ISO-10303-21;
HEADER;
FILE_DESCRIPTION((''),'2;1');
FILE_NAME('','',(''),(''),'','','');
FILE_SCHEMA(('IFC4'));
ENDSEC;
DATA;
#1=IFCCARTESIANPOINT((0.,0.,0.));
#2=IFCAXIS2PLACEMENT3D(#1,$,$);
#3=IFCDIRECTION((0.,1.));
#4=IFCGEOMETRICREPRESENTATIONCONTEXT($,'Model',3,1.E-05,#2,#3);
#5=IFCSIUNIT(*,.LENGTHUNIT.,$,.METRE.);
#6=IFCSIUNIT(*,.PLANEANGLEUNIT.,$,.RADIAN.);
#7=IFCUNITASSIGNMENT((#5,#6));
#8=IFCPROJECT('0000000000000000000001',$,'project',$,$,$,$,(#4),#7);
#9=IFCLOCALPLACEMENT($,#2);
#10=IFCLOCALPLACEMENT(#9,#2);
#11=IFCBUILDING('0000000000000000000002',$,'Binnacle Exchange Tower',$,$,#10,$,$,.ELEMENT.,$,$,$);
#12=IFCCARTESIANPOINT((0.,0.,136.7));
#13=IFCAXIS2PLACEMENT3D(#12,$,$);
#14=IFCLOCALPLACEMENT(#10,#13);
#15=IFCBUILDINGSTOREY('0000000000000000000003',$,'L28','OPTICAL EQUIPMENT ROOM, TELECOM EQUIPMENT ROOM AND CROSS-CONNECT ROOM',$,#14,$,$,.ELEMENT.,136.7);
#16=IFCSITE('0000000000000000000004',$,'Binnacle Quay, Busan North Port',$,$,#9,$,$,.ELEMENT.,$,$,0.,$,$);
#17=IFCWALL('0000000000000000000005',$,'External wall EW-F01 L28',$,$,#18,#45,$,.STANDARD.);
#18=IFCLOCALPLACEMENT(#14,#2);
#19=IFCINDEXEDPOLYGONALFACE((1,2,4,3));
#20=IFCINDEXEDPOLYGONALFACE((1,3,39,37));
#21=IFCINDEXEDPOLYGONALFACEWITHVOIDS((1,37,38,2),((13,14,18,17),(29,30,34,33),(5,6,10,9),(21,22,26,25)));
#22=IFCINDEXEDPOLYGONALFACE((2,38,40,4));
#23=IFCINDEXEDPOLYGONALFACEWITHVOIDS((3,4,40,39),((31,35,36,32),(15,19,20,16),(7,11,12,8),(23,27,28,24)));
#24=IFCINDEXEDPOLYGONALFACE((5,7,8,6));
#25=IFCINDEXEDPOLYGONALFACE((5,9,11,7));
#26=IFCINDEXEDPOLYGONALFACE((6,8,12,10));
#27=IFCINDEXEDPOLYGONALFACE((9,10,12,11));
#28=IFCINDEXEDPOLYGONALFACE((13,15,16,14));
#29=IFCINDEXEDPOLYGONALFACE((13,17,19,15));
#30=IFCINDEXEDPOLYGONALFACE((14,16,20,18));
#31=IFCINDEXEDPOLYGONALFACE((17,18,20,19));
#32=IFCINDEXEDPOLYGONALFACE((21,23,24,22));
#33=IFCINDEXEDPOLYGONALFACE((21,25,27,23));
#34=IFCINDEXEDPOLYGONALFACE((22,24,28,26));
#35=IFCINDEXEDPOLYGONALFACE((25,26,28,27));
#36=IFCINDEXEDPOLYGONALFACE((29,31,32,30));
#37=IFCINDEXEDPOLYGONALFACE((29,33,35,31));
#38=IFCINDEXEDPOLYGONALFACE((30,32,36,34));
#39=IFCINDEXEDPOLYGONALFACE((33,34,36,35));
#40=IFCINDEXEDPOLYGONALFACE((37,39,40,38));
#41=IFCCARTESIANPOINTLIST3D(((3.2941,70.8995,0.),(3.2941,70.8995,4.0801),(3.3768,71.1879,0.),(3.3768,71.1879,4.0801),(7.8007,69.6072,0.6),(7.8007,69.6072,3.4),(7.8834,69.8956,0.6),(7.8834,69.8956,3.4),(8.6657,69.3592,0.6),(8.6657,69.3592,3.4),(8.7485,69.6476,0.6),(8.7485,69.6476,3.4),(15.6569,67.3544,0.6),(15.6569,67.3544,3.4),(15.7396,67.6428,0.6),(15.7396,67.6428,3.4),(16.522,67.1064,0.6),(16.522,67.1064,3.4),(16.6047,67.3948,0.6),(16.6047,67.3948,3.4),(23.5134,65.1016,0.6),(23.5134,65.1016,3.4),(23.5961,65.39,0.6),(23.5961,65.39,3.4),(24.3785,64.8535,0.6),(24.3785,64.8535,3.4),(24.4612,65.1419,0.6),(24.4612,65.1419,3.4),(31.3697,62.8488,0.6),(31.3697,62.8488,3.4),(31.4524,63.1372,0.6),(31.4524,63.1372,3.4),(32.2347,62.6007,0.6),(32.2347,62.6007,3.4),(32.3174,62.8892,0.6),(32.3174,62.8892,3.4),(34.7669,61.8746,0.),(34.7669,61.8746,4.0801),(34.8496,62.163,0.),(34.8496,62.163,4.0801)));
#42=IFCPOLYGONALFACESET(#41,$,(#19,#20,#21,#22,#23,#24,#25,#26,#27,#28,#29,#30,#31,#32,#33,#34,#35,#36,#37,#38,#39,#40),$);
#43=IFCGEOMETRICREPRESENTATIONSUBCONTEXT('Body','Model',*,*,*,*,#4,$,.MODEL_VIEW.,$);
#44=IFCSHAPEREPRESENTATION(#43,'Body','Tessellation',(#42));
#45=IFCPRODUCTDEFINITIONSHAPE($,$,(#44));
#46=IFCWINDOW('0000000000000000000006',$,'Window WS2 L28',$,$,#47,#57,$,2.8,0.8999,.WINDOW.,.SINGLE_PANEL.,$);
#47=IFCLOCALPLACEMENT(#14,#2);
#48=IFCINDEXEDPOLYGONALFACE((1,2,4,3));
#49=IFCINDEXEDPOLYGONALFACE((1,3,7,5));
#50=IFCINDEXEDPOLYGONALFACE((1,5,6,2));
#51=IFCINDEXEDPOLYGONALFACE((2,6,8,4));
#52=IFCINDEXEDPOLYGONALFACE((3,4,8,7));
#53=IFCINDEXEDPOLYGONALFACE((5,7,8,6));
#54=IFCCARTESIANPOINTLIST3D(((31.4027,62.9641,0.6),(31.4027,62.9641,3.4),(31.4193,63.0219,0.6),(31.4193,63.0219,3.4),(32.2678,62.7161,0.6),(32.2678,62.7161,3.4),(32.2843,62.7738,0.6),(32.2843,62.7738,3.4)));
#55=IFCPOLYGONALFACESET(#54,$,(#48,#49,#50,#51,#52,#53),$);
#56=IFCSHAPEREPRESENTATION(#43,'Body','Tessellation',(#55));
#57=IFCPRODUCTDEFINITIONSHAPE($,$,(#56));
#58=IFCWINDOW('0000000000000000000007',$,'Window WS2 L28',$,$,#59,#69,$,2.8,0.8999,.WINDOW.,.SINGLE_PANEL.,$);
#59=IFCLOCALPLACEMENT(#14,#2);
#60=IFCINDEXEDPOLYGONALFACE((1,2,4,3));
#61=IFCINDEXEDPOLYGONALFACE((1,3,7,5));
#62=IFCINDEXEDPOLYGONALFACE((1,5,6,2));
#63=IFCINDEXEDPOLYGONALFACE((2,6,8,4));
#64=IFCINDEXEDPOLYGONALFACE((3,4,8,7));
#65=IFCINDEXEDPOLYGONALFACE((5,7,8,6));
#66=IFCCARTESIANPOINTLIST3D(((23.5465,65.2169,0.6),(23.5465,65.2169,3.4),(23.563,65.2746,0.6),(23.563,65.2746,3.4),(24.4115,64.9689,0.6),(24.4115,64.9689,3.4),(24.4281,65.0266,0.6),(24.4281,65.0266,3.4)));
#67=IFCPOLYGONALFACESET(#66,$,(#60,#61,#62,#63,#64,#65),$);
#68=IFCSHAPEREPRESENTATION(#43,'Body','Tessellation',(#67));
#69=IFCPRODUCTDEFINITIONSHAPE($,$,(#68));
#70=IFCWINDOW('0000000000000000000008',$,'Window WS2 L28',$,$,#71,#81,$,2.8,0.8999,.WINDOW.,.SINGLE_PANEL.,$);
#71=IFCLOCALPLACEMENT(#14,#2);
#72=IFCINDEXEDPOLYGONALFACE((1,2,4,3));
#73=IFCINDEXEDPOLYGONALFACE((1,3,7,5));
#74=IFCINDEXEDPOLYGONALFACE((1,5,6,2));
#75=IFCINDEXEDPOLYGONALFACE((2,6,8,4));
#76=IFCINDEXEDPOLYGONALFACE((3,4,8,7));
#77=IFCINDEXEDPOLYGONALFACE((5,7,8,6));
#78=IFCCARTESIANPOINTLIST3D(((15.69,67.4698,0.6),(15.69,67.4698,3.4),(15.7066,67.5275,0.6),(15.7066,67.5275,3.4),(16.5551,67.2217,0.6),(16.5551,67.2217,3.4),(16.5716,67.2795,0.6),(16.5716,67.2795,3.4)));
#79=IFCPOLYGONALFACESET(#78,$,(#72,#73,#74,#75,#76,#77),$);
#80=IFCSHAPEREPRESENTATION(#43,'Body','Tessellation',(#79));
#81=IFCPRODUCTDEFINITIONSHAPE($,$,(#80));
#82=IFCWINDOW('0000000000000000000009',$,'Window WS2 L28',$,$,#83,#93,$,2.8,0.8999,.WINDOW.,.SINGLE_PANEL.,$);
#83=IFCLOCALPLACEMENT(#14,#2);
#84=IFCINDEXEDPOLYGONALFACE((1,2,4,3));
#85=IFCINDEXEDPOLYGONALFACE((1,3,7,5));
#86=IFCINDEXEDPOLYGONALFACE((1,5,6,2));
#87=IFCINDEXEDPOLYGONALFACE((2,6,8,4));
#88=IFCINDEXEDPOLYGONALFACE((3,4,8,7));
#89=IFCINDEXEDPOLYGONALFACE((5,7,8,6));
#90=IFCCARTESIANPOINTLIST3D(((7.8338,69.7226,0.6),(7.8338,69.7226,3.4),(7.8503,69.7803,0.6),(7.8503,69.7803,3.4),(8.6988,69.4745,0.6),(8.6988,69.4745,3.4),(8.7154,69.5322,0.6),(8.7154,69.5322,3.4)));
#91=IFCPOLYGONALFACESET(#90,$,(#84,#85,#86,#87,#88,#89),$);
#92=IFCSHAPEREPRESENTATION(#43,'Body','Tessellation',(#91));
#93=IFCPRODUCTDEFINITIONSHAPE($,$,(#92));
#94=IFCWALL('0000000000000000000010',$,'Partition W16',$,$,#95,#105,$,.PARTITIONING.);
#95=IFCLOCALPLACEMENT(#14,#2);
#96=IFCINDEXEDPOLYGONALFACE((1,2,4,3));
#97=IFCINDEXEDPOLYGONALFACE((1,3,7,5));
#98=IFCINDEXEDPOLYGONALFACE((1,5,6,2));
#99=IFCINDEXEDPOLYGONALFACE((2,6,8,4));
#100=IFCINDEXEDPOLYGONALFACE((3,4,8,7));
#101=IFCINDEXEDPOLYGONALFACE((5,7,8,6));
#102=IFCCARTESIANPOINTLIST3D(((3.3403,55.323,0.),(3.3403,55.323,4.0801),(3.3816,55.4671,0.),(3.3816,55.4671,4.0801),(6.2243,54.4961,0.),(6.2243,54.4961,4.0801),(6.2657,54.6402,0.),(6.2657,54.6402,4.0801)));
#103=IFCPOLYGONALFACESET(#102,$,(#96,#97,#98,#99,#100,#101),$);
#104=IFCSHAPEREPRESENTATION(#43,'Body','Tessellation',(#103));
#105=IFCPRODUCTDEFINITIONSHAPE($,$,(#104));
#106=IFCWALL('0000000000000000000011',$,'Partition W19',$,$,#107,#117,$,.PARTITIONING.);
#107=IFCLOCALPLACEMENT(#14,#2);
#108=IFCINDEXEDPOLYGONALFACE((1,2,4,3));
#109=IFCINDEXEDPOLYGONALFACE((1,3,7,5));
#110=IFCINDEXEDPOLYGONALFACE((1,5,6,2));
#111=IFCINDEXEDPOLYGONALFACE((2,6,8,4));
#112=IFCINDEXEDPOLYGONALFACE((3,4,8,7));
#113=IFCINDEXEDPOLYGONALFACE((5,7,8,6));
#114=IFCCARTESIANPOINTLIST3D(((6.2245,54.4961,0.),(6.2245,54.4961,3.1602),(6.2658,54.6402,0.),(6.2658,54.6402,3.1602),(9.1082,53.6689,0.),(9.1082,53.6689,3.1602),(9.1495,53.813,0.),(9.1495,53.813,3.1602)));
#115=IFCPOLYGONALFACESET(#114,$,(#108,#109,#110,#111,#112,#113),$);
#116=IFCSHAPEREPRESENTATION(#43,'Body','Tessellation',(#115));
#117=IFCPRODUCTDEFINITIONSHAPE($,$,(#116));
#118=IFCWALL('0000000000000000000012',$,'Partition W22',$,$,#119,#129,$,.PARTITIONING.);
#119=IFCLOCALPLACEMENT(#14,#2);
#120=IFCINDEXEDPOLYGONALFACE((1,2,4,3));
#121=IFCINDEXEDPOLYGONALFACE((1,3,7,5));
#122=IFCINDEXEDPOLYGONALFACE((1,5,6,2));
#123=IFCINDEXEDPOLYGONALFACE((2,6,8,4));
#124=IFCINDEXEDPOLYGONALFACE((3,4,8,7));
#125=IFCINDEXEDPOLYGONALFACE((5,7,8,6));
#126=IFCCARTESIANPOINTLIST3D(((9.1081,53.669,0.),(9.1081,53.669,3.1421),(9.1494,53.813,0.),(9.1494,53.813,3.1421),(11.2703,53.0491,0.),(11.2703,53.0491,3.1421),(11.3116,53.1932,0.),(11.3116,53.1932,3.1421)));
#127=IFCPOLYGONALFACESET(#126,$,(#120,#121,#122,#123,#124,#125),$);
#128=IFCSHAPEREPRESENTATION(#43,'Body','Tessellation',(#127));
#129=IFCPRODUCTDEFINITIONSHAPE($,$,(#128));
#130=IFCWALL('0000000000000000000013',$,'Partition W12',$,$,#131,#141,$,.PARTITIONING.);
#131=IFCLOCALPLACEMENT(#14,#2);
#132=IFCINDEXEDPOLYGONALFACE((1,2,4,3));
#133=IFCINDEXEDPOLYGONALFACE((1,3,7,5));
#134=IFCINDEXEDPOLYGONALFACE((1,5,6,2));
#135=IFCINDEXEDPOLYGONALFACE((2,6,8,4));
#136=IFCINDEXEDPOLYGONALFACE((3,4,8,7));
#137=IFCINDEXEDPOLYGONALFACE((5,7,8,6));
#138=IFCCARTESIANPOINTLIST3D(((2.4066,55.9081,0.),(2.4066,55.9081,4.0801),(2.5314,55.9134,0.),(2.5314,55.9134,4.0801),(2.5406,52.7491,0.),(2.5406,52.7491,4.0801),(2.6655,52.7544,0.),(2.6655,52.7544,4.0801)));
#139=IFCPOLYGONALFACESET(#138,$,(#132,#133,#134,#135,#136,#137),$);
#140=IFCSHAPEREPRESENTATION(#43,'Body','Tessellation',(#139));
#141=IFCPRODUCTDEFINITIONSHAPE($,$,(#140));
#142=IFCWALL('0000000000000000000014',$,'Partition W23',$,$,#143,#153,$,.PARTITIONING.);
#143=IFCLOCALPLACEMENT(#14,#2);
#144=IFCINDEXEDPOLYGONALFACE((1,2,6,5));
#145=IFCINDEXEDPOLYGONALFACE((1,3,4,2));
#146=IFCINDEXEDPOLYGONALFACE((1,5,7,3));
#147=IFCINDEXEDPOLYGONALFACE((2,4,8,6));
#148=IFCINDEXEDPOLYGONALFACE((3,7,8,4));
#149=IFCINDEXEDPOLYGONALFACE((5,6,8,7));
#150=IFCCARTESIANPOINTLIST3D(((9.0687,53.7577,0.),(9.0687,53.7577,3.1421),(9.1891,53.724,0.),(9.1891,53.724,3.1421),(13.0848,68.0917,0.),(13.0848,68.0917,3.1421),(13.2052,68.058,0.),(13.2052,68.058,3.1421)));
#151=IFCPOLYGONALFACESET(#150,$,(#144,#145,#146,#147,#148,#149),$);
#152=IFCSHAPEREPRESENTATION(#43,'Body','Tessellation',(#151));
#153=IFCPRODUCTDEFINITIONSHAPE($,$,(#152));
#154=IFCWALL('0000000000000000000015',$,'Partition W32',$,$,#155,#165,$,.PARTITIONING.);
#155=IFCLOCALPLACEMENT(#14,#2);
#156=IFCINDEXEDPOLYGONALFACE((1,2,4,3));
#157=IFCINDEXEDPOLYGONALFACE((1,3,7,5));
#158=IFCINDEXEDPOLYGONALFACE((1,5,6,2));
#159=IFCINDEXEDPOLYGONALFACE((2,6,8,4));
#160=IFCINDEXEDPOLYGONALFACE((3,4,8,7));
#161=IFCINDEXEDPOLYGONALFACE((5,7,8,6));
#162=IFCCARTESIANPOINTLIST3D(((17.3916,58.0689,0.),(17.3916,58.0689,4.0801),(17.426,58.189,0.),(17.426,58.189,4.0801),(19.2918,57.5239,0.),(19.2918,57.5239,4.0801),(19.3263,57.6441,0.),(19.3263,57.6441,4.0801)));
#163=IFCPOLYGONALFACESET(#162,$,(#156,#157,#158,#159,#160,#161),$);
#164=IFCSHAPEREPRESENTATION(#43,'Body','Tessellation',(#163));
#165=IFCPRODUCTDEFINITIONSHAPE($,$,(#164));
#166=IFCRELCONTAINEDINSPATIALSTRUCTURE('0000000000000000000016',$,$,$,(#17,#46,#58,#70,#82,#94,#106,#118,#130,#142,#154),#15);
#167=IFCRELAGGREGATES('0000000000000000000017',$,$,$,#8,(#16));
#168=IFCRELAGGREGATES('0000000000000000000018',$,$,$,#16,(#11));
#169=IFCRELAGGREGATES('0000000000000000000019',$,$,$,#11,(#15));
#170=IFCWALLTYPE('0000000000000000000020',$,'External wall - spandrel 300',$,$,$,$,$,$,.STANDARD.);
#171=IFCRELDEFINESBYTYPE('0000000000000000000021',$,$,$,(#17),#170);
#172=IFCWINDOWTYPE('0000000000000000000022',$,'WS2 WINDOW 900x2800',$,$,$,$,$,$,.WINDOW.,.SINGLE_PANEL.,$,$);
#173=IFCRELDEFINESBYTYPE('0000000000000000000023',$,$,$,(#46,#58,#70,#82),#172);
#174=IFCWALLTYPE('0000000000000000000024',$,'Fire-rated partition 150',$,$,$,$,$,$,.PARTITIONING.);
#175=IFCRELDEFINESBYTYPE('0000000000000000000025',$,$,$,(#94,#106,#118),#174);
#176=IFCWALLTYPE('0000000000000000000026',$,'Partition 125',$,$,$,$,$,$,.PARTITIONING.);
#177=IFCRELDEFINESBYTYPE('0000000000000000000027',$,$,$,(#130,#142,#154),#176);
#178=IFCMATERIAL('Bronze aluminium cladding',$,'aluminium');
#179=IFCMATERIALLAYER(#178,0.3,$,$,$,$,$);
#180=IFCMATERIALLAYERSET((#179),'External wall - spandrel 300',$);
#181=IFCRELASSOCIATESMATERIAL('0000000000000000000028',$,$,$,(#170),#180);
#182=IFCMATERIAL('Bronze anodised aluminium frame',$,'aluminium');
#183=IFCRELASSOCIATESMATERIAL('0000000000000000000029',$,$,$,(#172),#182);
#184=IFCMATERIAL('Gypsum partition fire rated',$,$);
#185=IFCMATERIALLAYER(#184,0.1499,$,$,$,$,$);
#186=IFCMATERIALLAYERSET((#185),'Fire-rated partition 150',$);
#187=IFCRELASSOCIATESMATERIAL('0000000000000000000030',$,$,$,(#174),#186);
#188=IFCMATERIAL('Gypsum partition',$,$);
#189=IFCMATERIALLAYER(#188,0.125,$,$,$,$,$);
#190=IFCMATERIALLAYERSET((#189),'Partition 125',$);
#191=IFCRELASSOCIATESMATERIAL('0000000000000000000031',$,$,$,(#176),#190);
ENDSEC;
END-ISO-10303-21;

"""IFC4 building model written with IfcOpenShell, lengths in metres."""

from ifc_helpers import new_model, si_unit, direction, frame, frame_2d, origin, place, context, subcontext, project, spatial, rectangle, extrude, material, layer, layer_set, type_object, element, fill, save


model = new_model("IFC4")

# Units and contexts
model_context = context("Model", 3, precision=1e-05, world=origin(), true_north=direction((0.0, 1.0)))
body_context = subcontext(model_context, "Body", "Model", "MODEL_VIEW")
ifc_project = project(units=[si_unit("LENGTHUNIT", "METRE"), si_unit("PLANEANGLEUNIT", "RADIAN")], contexts=[model_context])

# Site, building, storey
site_placement = place(None, origin())
site = spatial("IfcSite", under=ifc_project, at=site_placement, Name="Binnacle Quay, Busan North Port", CompositionType="ELEMENT", RefElevation=0.0)
building_placement = place(site_placement, origin())
building = spatial("IfcBuilding", under=site, at=building_placement, Name="Binnacle Exchange Tower", CompositionType="ELEMENT")
storey_placement = place(building_placement, frame((0.0, 0.0, 136.7)))
storey = spatial("IfcBuildingStorey", under=building, at=storey_placement, Name="L28", Description="OPTICAL EQUIPMENT ROOM, TELECOM EQUIPMENT ROOM AND CROSS-CONNECT ROOM", CompositionType="ELEMENT", Elevation=136.7)

# Wall, openings, windows
ifc_material_1 = material(Name="Bronze aluminium cladding", Category="aluminium")
ifc_layer_1 = layer(ifc_material_1, 0.3)
ifc_layer_set_1 = layer_set([ifc_layer_1], Name="External wall - spandrel 300")
wall_type_1 = type_object("IfcWallType", Name="External wall - spandrel 300", PredefinedType="STANDARD", material=ifc_layer_set_1)
wall_1_placement = place(storey_placement, frame((3.3354, 71.0437, 0.0), z_axis=(0.0, 0.0, 1.0), x_axis=(0.96126, -0.275643, 0.0)))
wall_1 = element("IfcWall", 1, at=wall_1_placement, inside=storey, type_object=wall_type_1, Name="External wall EW-F01 L28", PredefinedType="STANDARD", context=body_context, shape_type="SweptSolid", body=[
    extrude(rectangle(XDim=32.7412, YDim=0.3, at=frame_2d((16.3706, 0.0))), origin(), (0.0, 0.0, 1.0), 4.0801),
])
opening_1_placement = place(wall_1_placement, frame((29.207, 0.0, 0.6001)))
opening_1 = element("IfcOpeningElement", 2, at=opening_1_placement, cuts=wall_1, PredefinedType="OPENING", context=body_context, shape_type="SweptSolid", body=[
    extrude(rectangle(XDim=0.8999, YDim=2.8, at=frame_2d((0.45, 1.3999))), frame((0.0, 0.1599, 0.0), z_axis=(0.0, -1.0, 0.0), x_axis=(1.0, 0.0, 0.0)), (0.0, 0.0, 1.0), 0.3201),
])
opening_2_placement = place(wall_1_placement, frame((21.0342, 0.0, 0.6001)))
opening_2 = element("IfcOpeningElement", 3, at=opening_2_placement, cuts=wall_1, PredefinedType="OPENING", context=body_context, shape_type="SweptSolid", body=[
    extrude(rectangle(XDim=0.8999, YDim=2.8, at=frame_2d((0.45, 1.3999))), frame((0.0, 0.1599, 0.0), z_axis=(0.0, -1.0, 0.0), x_axis=(1.0, 0.0, 0.0)), (0.0, 0.0, 1.0), 0.3201),
])
opening_3_placement = place(wall_1_placement, frame((12.8611, 0.0, 0.6001)))
opening_3 = element("IfcOpeningElement", 4, at=opening_3_placement, cuts=wall_1, PredefinedType="OPENING", context=body_context, shape_type="SweptSolid", body=[
    extrude(rectangle(XDim=0.8999, YDim=2.8, at=frame_2d((0.45, 1.3999))), frame((0.0, 0.1599, 0.0), z_axis=(0.0, -1.0, 0.0), x_axis=(1.0, 0.0, 0.0)), (0.0, 0.0, 1.0), 0.3201),
])
opening_4_placement = place(wall_1_placement, frame((4.6882, 0.0, 0.6001)))
opening_4 = element("IfcOpeningElement", 5, at=opening_4_placement, cuts=wall_1, PredefinedType="OPENING", context=body_context, shape_type="SweptSolid", body=[
    extrude(rectangle(XDim=0.8999, YDim=2.8, at=frame_2d((0.45, 1.3999))), frame((0.0, 0.1599, 0.0), z_axis=(0.0, -1.0, 0.0), x_axis=(1.0, 0.0, 0.0)), (0.0, 0.0, 1.0), 0.3201),
])
ifc_material_2 = material(Name="Bronze anodised aluminium frame", Category="aluminium")
window_type = type_object("IfcWindowType", Name="WS2 WINDOW 900x2800", PartitioningType="SINGLE_PANEL", PredefinedType="WINDOW", material=ifc_material_2)
window_1_placement = place(opening_1_placement, origin())
window_1 = element("IfcWindow", 6, at=window_1_placement, inside=storey, type_object=window_type, Name="Window WS2 L28", OverallHeight=2.8, OverallWidth=0.8999, PartitioningType="SINGLE_PANEL", PredefinedType="WINDOW", context=body_context, shape_type="SweptSolid", body=[
    extrude(rectangle(XDim=0.8999, YDim=2.8, at=frame_2d((0.45, 1.3999))), frame((0.0, 0.03, 0.0), z_axis=(0.0, -1.0, 0.0), x_axis=(1.0, 0.0, 0.0)), (0.0, 0.0, 1.0), 0.0601),
])
fill(opening_1, window_1)
window_2_placement = place(opening_2_placement, origin())
window_2 = element("IfcWindow", 7, at=window_2_placement, inside=storey, type_object=window_type, Name="Window WS2 L28", OverallHeight=2.8, OverallWidth=0.8999, PartitioningType="SINGLE_PANEL", PredefinedType="WINDOW", context=body_context, shape_type="SweptSolid", body=[
    extrude(rectangle(XDim=0.8999, YDim=2.8, at=frame_2d((0.45, 1.3999))), frame((0.0, 0.03, 0.0), z_axis=(0.0, -1.0, 0.0), x_axis=(1.0, 0.0, 0.0)), (0.0, 0.0, 1.0), 0.0601),
])
fill(opening_2, window_2)
window_3_placement = place(opening_3_placement, origin())
window_3 = element("IfcWindow", 8, at=window_3_placement, inside=storey, type_object=window_type, Name="Window WS2 L28", OverallHeight=2.8, OverallWidth=0.8999, PartitioningType="SINGLE_PANEL", PredefinedType="WINDOW", context=body_context, shape_type="SweptSolid", body=[
    extrude(rectangle(XDim=0.8999, YDim=2.8, at=frame_2d((0.45, 1.3999))), frame((0.0, 0.03, 0.0), z_axis=(0.0, -1.0, 0.0), x_axis=(1.0, 0.0, 0.0)), (0.0, 0.0, 1.0), 0.0601),
])
fill(opening_3, window_3)
window_4_placement = place(opening_4_placement, origin())
window_4 = element("IfcWindow", 9, at=window_4_placement, inside=storey, type_object=window_type, Name="Window WS2 L28", OverallHeight=2.8, OverallWidth=0.8999, PartitioningType="SINGLE_PANEL", PredefinedType="WINDOW", context=body_context, shape_type="SweptSolid", body=[
    extrude(rectangle(XDim=0.8999, YDim=2.8, at=frame_2d((0.45, 1.3999))), frame((0.0, 0.03, 0.0), z_axis=(0.0, -1.0, 0.0), x_axis=(1.0, 0.0, 0.0)), (0.0, 0.0, 1.0), 0.0601),
])
fill(opening_4, window_4)

# Walls
ifc_material_3 = material(Name="Gypsum partition fire rated")
ifc_layer_2 = layer(ifc_material_3, 0.1499)
ifc_layer_set_2 = layer_set([ifc_layer_2], Name="Fire-rated partition 150")
wall_type_2 = type_object("IfcWallType", Name="Fire-rated partition 150", PredefinedType="PARTITIONING", material=ifc_layer_set_2)
wall_2_placement = place(storey_placement, frame((3.3611, 55.395, 0.0), z_axis=(0.0, 0.0, 1.0), x_axis=(0.961269, -0.275613, 0.0)))
element("IfcWall", 10, at=wall_2_placement, inside=storey, type_object=wall_type_2, Name="Partition W16", PredefinedType="PARTITIONING", context=body_context, shape_type="SweptSolid", body=[
    extrude(rectangle(XDim=3.0002, YDim=0.1499, at=frame_2d((1.5, 0.0))), origin(), (0.0, 0.0, 1.0), 4.0801),
])
wall_3_placement = place(storey_placement, frame((6.2451, 54.5681, 0.0), z_axis=(0.0, 0.0, 1.0), x_axis=(0.961241, -0.27571, 0.0)))
element("IfcWall", 11, at=wall_3_placement, inside=storey, type_object=wall_type_2, Name="Partition W19", PredefinedType="PARTITIONING", context=body_context, shape_type="SweptSolid", body=[
    extrude(rectangle(XDim=3.0, YDim=0.1499, at=frame_2d((1.5, 0.0))), origin(), (0.0, 0.0, 1.0), 3.1602),
])
wall_4_placement = place(storey_placement, frame((9.1289, 53.741, 0.0), z_axis=(0.0, 0.0, 1.0), x_axis=(0.961274, -0.275596, 0.0)))
element("IfcWall", 12, at=wall_4_placement, inside=storey, type_object=wall_type_2, Name="Partition W22", PredefinedType="PARTITIONING", context=body_context, shape_type="SweptSolid", body=[
    extrude(rectangle(XDim=2.2493, YDim=0.1499, at=frame_2d((1.1245, 0.0))), origin(), (0.0, 0.0, 1.0), 3.1421),
])
ifc_material_4 = material(Name="Gypsum partition")
ifc_layer_3 = layer(ifc_material_4, 0.125)
ifc_layer_set_3 = layer_set([ifc_layer_3], Name="Partition 125")
wall_type_3 = type_object("IfcWallType", Name="Partition 125", PredefinedType="PARTITIONING", material=ifc_layer_set_3)
wall_5_placement = place(storey_placement, frame((2.469, 55.9109, 0.0), z_axis=(0.0, 0.0, 1.0), x_axis=(0.042392, -0.999101, 0.0)))
element("IfcWall", 13, at=wall_5_placement, inside=storey, type_object=wall_type_3, Name="Partition W12", PredefinedType="PARTITIONING", context=body_context, shape_type="SweptSolid", body=[
    extrude(rectangle(XDim=3.1619, YDim=0.125, at=frame_2d((1.5811, 0.0))), origin(), (0.0, 0.0, 1.0), 4.0801),
])
wall_6_placement = place(storey_placement, frame((9.1289, 53.741, 0.0), z_axis=(0.0, 0.0, 1.0), x_axis=(0.269792, 0.962919, 0.0)))
element("IfcWall", 14, at=wall_6_placement, inside=storey, type_object=wall_type_3, Name="Partition W23", PredefinedType="PARTITIONING", context=body_context, shape_type="SweptSolid", body=[
    extrude(rectangle(XDim=14.886, YDim=0.125, at=frame_2d((7.4429, 0.0))), origin(), (0.0, 0.0, 1.0), 3.1421),
])
wall_7_placement = place(storey_placement, frame((17.4089, 58.1289, 0.0), z_axis=(0.0, 0.0, 1.0), x_axis=(0.961253, -0.275667, 0.0)))
element("IfcWall", 15, at=wall_7_placement, inside=storey, type_object=wall_type_3, Name="Partition W32", PredefinedType="PARTITIONING", context=body_context, shape_type="SweptSolid", body=[
    extrude(rectangle(XDim=1.9768, YDim=0.125, at=frame_2d((0.9883, 0.0))), origin(), (0.0, 0.0, 1.0), 4.0801),
])

save(model, "model.ifc")
